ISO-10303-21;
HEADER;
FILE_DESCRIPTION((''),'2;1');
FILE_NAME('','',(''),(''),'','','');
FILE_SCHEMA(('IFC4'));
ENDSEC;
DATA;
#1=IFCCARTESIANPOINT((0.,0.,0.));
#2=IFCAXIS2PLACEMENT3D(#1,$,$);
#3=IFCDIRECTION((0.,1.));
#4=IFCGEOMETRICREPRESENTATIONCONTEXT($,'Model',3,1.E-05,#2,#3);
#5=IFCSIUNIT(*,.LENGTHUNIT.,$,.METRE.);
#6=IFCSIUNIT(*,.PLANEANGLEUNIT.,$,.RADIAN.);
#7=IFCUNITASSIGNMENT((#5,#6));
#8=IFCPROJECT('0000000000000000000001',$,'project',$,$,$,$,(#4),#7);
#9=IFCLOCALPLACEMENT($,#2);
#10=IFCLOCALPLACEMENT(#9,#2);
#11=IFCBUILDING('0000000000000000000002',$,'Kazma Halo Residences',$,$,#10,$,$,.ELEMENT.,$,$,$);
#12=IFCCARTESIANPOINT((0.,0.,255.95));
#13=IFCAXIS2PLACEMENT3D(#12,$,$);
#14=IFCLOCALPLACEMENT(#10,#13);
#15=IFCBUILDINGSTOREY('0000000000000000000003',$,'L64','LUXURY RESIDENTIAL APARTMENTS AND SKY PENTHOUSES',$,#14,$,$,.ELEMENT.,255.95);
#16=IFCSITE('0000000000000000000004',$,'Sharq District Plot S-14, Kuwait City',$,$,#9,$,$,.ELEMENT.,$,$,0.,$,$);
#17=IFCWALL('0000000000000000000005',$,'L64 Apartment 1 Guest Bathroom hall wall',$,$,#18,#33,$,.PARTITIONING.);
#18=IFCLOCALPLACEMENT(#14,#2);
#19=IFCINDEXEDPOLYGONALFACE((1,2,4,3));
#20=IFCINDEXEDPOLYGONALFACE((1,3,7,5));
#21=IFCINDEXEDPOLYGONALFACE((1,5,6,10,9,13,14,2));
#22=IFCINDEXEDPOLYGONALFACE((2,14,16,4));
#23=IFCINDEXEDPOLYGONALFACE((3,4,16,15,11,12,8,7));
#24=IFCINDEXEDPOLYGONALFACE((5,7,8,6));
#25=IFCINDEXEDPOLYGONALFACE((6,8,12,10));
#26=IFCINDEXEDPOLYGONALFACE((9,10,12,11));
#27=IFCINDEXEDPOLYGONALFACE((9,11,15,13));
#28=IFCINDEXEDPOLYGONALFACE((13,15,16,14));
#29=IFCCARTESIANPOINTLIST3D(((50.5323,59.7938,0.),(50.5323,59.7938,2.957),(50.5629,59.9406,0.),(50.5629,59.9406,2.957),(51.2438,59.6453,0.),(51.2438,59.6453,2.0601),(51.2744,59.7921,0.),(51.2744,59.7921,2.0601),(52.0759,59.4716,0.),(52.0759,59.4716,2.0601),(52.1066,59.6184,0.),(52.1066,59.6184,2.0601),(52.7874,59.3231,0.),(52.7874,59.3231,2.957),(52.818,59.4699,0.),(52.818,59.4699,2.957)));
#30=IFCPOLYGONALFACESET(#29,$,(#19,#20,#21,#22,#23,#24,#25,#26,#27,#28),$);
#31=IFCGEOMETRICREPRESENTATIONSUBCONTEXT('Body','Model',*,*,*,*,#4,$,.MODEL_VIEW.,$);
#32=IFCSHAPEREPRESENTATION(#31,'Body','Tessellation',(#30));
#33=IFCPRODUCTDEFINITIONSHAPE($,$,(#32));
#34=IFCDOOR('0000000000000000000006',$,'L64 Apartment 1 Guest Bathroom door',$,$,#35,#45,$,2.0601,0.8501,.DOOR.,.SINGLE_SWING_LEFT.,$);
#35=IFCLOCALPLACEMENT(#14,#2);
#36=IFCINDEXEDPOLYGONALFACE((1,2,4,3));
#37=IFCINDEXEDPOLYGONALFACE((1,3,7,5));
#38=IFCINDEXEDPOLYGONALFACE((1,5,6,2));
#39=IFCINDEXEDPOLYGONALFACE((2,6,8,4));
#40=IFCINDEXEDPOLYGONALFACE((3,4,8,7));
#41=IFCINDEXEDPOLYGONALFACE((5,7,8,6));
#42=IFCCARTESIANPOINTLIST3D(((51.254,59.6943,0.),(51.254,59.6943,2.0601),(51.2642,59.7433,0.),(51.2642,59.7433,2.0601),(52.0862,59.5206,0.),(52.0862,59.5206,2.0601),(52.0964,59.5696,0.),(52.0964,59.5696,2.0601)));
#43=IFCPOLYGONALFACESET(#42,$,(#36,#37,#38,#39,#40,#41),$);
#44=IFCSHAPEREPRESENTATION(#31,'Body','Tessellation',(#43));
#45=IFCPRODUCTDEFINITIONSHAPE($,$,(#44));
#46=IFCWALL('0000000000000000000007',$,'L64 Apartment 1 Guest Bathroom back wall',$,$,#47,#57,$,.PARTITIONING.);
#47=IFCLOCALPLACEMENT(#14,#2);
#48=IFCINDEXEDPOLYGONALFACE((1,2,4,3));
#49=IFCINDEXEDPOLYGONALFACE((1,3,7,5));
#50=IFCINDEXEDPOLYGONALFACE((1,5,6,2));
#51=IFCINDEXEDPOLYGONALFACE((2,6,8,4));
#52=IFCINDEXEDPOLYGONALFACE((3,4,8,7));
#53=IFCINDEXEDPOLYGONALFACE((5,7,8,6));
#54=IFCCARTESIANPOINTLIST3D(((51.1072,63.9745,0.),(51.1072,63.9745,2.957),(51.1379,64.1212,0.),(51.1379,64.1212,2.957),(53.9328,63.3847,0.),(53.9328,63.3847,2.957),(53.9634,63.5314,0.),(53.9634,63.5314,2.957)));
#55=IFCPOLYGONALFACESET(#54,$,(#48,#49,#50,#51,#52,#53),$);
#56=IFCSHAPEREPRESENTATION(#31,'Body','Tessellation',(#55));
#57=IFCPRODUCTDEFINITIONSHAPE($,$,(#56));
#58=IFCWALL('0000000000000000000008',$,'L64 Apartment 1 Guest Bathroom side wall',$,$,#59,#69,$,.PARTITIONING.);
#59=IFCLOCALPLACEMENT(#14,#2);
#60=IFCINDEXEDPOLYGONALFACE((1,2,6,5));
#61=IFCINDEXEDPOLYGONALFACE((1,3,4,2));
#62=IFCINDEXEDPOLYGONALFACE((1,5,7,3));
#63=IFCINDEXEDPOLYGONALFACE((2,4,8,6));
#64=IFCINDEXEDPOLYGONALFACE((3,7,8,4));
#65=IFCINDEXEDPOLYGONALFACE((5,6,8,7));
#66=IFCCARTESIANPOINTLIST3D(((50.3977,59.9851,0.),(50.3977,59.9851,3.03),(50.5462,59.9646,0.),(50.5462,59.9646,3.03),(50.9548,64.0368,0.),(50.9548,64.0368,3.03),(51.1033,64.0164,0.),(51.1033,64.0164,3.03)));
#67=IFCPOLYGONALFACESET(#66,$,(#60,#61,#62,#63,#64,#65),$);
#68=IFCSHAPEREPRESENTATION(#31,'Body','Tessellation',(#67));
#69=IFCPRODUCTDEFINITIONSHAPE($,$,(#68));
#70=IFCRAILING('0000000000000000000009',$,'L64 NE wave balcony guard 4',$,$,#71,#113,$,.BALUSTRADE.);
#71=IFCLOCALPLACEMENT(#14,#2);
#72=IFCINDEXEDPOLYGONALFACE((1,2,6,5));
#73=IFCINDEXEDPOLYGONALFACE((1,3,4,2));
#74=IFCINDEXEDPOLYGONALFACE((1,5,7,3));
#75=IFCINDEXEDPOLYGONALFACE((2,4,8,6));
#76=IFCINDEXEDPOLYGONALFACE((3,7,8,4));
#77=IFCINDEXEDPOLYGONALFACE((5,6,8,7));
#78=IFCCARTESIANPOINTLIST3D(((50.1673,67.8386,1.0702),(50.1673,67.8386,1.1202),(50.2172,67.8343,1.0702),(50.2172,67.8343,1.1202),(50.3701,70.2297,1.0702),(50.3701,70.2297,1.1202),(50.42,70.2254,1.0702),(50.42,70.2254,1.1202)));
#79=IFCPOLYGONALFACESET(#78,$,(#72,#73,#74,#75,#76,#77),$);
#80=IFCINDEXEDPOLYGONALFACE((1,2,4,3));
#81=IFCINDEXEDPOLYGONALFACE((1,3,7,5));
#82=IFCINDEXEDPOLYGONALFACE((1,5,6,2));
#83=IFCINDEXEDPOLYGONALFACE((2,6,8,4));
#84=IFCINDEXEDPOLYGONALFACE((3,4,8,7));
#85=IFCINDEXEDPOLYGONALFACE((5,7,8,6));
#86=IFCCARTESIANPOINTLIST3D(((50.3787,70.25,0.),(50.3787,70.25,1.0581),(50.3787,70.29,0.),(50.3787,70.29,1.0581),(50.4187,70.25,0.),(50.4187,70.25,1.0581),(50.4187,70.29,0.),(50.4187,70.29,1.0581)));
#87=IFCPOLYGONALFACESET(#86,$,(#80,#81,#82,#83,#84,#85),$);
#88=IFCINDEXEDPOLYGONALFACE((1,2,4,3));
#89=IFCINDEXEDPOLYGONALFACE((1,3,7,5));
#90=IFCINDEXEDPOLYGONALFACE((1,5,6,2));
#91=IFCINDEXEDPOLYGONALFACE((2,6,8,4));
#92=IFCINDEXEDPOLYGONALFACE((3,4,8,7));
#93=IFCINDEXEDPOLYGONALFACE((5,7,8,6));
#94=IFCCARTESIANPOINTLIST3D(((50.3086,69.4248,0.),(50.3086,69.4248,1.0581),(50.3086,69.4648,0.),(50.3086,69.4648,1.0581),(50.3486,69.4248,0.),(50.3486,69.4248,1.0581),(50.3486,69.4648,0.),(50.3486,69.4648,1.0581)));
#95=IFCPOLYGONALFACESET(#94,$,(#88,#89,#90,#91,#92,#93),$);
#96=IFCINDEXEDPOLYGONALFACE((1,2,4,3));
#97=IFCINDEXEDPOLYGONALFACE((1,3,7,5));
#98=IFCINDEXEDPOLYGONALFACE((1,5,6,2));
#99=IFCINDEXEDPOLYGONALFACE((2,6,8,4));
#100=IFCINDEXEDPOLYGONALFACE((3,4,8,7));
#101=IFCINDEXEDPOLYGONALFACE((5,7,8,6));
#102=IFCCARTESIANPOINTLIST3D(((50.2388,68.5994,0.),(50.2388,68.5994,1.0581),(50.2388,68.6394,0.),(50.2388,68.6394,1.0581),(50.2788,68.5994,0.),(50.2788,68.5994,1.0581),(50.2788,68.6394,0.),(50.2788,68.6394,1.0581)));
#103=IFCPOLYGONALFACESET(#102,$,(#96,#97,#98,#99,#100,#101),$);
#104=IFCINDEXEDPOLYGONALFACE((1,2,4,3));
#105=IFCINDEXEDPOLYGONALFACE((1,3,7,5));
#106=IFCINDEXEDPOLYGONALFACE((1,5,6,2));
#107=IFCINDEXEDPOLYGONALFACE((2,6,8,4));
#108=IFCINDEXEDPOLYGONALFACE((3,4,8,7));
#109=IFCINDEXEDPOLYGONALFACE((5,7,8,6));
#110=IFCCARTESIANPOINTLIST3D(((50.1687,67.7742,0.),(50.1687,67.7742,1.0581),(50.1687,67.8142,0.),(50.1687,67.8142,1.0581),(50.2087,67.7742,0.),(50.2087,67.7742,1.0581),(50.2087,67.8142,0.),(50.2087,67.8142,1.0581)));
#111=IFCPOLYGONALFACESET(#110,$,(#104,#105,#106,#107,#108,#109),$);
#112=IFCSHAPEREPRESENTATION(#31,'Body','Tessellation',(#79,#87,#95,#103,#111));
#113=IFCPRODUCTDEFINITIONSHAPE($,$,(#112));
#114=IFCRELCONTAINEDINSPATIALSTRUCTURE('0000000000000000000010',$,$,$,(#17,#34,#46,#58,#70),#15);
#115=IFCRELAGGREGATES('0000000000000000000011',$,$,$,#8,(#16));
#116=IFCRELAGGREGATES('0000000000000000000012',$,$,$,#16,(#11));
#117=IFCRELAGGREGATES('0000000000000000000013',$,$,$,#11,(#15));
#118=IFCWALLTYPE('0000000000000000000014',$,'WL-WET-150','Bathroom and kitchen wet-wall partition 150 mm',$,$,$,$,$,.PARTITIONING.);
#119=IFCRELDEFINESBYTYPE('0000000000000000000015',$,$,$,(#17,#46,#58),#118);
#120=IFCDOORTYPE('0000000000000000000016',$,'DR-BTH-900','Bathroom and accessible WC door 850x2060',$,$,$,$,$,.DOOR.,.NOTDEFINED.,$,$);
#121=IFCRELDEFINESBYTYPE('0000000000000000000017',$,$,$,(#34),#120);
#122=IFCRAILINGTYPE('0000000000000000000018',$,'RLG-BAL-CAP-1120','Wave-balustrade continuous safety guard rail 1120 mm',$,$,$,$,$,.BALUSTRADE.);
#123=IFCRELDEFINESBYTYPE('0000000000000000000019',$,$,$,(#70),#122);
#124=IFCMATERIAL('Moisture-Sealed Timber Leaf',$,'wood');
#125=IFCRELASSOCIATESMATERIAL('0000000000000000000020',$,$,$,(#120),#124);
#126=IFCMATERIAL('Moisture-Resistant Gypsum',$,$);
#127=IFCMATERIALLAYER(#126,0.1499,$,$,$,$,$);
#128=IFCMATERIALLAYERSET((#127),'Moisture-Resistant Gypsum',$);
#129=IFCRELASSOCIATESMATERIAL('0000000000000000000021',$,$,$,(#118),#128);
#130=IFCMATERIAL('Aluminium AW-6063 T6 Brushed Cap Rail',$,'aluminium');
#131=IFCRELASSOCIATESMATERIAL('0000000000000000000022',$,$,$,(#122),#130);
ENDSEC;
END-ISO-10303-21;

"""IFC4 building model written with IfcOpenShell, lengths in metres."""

from ifc_helpers import new_model, si_unit, direction, frame, frame_2d, origin, origin_2d, place, context, subcontext, project, spatial, rectangle, extrude, material, layer, layer_set, type_object, element, fill, save


model = new_model("IFC4")

# Units and contexts
model_context = context("Model", 3, precision=1e-05, world=origin(), true_north=direction((0.0, 1.0)))
body_context = subcontext(model_context, "Body", "Model", "MODEL_VIEW")
ifc_project = project(units=[si_unit("LENGTHUNIT", "METRE"), si_unit("PLANEANGLEUNIT", "RADIAN")], contexts=[model_context])

# Site, building, storey
site_placement = place(None, origin())
site = spatial("IfcSite", under=ifc_project, at=site_placement, Name="Sharq District Plot S-14, Kuwait City", CompositionType="ELEMENT", RefElevation=0.0)
building_placement = place(site_placement, origin())
building = spatial("IfcBuilding", under=site, at=building_placement, Name="Kazma Halo Residences", CompositionType="ELEMENT")
storey_placement = place(building_placement, frame((0.0, 0.0, 255.95)))
storey = spatial("IfcBuildingStorey", under=building, at=storey_placement, Name="L64", Description="LUXURY RESIDENTIAL APARTMENTS AND SKY PENTHOUSES", CompositionType="ELEMENT", Elevation=255.95)

# Shared definitions
ifc_material_1 = material(Name="Moisture-Sealed Timber Leaf", Category="wood")
door_type = type_object("IfcDoorType", Name="DR-BTH-900", Description="Bathroom and accessible WC door 850x2060", OperationType="NOTDEFINED", PredefinedType="DOOR", material=ifc_material_1)

# Wall, opening, door
ifc_material_2 = material(Name="Moisture-Resistant Gypsum")
ifc_layer_1 = layer(ifc_material_2, 0.1499)
ifc_layer_set_1 = layer_set([ifc_layer_1], Name="Moisture-Resistant Gypsum")
wall_type_1 = type_object("IfcWallType", Name="WL-WET-150", Description="Bathroom and kitchen wet-wall partition 150 mm", PredefinedType="PARTITIONING", material=ifc_layer_set_1)
wall_1_placement = place(storey_placement, frame((52.8027, 59.3965, 0.0), z_axis=(0.0, 0.0, 1.0), x_axis=(-0.978904, 0.204322, 0.0)))
wall_1 = element("IfcWall", 1, at=wall_1_placement, inside=storey, type_object=wall_type_1, Name="L64 Apartment 1 Guest Bathroom hall wall", PredefinedType="PARTITIONING", context=body_context, shape_type="SweptSolid", body=[
    extrude(rectangle(XDim=2.3037, YDim=0.1499, at=frame_2d((1.1519, 0.0))), origin(), (0.0, 0.0, 1.0), 2.957),
])
opening_1_placement = place(wall_1_placement, frame((0.7268, 0.0, 0.0)))
opening_1 = element("IfcOpeningElement", 2, at=opening_1_placement, cuts=wall_1, PredefinedType="OPENING", context=body_context, shape_type="SweptSolid", body=[
    extrude(rectangle(XDim=0.8501, YDim=2.0601, at=frame_2d((0.425, 1.03))), frame((0.0, 0.085, 0.0), z_axis=(0.0, -1.0, 0.0), x_axis=(1.0, 0.0, 0.0)), (0.0, 0.0, 1.0), 0.1699),
])
door_1_placement = place(opening_1_placement, origin())
door_1 = element("IfcDoor", 3, at=door_1_placement, inside=storey, type_object=door_type, Name="L64 Apartment 1 Guest Bathroom door", OperationType="SINGLE_SWING_LEFT", OverallHeight=2.0601, OverallWidth=0.8501, PredefinedType="DOOR", context=body_context, shape_type="SweptSolid", body=[
    extrude(rectangle(XDim=0.8501, YDim=2.0601, at=frame_2d((0.425, 1.03))), frame((0.0, 0.0249, 0.0), z_axis=(0.0, -1.0, 0.0), x_axis=(1.0, 0.0, 0.0)), (0.0, 0.0, 1.0), 0.05),
])
fill(opening_1, door_1)

# Walls
wall_2_placement = place(storey_placement, frame((53.9482, 63.458, 0.0), z_axis=(0.0, 0.0, 1.0), x_axis=(-0.9789, 0.204339, 0.0)))
element("IfcWall", 4, at=wall_2_placement, inside=storey, type_object=wall_type_1, Name="L64 Apartment 1 Guest Bathroom back wall", PredefinedType="PARTITIONING", context=body_context, shape_type="SweptSolid", body=[
    extrude(rectangle(XDim=2.8865, YDim=0.1499, at=frame_2d((1.4434, 0.0))), origin(), (0.0, 0.0, 1.0), 2.957),
])
wall_3_placement = place(storey_placement, frame((50.4719, 59.9749, 0.0), z_axis=(0.0, 0.0, 1.0), x_axis=(0.136221, 0.990678, 0.0)))
element("IfcWall", 5, at=wall_3_placement, inside=storey, type_object=wall_type_1, Name="L64 Apartment 1 Guest Bathroom side wall", PredefinedType="PARTITIONING", context=body_context, shape_type="SweptSolid", body=[
    extrude(rectangle(XDim=4.0898, YDim=0.1499, at=frame_2d((2.0449, 0.0))), origin(), (0.0, 0.0, 1.0), 3.03),
])

# Railing
ifc_material_3 = material(Name="Aluminium AW-6063 T6 Brushed Cap Rail", Category="aluminium")
railing_type = type_object("IfcRailingType", Name="RLG-BAL-CAP-1120", Description="Wave-balustrade continuous safety guard rail 1120 mm", PredefinedType="BALUSTRADE", material=ifc_material_3)
railing_1_placement = place(storey_placement, frame((50.3987, 70.27, 0.0)))
element("IfcRailing", 6, at=railing_1_placement, inside=storey, type_object=railing_type, Name="L64 NE wave balcony guard 4", PredefinedType="BALUSTRADE", context=body_context, shape_type="SweptSolid", body=[
    extrude(rectangle(XDim=0.05, YDim=0.05, at=origin_2d()), frame((-0.0037, -0.0425, 1.0952), z_axis=(-0.084501, -0.996423, 0.0), x_axis=(0.996423, -0.084501, 0.0)), (0.0, 0.0, 1.0), 2.3997),
    extrude(rectangle(XDim=0.04, YDim=0.04, at=origin_2d()), origin(), (0.0, 0.0, 1.0), 1.0581),
    extrude(rectangle(XDim=0.04, YDim=0.04, at=origin_2d()), frame((-0.0701, -0.8252, 0.0)), (0.0, 0.0, 1.0), 1.0581),
    extrude(rectangle(XDim=0.04, YDim=0.04, at=origin_2d()), frame((-0.1399, -1.6506, 0.0)), (0.0, 0.0, 1.0), 1.0581),
    extrude(rectangle(XDim=0.04, YDim=0.04, at=origin_2d()), frame((-0.21, -2.4758, 0.0)), (0.0, 0.0, 1.0), 1.0581),
])

save(model, "model.ifc")
